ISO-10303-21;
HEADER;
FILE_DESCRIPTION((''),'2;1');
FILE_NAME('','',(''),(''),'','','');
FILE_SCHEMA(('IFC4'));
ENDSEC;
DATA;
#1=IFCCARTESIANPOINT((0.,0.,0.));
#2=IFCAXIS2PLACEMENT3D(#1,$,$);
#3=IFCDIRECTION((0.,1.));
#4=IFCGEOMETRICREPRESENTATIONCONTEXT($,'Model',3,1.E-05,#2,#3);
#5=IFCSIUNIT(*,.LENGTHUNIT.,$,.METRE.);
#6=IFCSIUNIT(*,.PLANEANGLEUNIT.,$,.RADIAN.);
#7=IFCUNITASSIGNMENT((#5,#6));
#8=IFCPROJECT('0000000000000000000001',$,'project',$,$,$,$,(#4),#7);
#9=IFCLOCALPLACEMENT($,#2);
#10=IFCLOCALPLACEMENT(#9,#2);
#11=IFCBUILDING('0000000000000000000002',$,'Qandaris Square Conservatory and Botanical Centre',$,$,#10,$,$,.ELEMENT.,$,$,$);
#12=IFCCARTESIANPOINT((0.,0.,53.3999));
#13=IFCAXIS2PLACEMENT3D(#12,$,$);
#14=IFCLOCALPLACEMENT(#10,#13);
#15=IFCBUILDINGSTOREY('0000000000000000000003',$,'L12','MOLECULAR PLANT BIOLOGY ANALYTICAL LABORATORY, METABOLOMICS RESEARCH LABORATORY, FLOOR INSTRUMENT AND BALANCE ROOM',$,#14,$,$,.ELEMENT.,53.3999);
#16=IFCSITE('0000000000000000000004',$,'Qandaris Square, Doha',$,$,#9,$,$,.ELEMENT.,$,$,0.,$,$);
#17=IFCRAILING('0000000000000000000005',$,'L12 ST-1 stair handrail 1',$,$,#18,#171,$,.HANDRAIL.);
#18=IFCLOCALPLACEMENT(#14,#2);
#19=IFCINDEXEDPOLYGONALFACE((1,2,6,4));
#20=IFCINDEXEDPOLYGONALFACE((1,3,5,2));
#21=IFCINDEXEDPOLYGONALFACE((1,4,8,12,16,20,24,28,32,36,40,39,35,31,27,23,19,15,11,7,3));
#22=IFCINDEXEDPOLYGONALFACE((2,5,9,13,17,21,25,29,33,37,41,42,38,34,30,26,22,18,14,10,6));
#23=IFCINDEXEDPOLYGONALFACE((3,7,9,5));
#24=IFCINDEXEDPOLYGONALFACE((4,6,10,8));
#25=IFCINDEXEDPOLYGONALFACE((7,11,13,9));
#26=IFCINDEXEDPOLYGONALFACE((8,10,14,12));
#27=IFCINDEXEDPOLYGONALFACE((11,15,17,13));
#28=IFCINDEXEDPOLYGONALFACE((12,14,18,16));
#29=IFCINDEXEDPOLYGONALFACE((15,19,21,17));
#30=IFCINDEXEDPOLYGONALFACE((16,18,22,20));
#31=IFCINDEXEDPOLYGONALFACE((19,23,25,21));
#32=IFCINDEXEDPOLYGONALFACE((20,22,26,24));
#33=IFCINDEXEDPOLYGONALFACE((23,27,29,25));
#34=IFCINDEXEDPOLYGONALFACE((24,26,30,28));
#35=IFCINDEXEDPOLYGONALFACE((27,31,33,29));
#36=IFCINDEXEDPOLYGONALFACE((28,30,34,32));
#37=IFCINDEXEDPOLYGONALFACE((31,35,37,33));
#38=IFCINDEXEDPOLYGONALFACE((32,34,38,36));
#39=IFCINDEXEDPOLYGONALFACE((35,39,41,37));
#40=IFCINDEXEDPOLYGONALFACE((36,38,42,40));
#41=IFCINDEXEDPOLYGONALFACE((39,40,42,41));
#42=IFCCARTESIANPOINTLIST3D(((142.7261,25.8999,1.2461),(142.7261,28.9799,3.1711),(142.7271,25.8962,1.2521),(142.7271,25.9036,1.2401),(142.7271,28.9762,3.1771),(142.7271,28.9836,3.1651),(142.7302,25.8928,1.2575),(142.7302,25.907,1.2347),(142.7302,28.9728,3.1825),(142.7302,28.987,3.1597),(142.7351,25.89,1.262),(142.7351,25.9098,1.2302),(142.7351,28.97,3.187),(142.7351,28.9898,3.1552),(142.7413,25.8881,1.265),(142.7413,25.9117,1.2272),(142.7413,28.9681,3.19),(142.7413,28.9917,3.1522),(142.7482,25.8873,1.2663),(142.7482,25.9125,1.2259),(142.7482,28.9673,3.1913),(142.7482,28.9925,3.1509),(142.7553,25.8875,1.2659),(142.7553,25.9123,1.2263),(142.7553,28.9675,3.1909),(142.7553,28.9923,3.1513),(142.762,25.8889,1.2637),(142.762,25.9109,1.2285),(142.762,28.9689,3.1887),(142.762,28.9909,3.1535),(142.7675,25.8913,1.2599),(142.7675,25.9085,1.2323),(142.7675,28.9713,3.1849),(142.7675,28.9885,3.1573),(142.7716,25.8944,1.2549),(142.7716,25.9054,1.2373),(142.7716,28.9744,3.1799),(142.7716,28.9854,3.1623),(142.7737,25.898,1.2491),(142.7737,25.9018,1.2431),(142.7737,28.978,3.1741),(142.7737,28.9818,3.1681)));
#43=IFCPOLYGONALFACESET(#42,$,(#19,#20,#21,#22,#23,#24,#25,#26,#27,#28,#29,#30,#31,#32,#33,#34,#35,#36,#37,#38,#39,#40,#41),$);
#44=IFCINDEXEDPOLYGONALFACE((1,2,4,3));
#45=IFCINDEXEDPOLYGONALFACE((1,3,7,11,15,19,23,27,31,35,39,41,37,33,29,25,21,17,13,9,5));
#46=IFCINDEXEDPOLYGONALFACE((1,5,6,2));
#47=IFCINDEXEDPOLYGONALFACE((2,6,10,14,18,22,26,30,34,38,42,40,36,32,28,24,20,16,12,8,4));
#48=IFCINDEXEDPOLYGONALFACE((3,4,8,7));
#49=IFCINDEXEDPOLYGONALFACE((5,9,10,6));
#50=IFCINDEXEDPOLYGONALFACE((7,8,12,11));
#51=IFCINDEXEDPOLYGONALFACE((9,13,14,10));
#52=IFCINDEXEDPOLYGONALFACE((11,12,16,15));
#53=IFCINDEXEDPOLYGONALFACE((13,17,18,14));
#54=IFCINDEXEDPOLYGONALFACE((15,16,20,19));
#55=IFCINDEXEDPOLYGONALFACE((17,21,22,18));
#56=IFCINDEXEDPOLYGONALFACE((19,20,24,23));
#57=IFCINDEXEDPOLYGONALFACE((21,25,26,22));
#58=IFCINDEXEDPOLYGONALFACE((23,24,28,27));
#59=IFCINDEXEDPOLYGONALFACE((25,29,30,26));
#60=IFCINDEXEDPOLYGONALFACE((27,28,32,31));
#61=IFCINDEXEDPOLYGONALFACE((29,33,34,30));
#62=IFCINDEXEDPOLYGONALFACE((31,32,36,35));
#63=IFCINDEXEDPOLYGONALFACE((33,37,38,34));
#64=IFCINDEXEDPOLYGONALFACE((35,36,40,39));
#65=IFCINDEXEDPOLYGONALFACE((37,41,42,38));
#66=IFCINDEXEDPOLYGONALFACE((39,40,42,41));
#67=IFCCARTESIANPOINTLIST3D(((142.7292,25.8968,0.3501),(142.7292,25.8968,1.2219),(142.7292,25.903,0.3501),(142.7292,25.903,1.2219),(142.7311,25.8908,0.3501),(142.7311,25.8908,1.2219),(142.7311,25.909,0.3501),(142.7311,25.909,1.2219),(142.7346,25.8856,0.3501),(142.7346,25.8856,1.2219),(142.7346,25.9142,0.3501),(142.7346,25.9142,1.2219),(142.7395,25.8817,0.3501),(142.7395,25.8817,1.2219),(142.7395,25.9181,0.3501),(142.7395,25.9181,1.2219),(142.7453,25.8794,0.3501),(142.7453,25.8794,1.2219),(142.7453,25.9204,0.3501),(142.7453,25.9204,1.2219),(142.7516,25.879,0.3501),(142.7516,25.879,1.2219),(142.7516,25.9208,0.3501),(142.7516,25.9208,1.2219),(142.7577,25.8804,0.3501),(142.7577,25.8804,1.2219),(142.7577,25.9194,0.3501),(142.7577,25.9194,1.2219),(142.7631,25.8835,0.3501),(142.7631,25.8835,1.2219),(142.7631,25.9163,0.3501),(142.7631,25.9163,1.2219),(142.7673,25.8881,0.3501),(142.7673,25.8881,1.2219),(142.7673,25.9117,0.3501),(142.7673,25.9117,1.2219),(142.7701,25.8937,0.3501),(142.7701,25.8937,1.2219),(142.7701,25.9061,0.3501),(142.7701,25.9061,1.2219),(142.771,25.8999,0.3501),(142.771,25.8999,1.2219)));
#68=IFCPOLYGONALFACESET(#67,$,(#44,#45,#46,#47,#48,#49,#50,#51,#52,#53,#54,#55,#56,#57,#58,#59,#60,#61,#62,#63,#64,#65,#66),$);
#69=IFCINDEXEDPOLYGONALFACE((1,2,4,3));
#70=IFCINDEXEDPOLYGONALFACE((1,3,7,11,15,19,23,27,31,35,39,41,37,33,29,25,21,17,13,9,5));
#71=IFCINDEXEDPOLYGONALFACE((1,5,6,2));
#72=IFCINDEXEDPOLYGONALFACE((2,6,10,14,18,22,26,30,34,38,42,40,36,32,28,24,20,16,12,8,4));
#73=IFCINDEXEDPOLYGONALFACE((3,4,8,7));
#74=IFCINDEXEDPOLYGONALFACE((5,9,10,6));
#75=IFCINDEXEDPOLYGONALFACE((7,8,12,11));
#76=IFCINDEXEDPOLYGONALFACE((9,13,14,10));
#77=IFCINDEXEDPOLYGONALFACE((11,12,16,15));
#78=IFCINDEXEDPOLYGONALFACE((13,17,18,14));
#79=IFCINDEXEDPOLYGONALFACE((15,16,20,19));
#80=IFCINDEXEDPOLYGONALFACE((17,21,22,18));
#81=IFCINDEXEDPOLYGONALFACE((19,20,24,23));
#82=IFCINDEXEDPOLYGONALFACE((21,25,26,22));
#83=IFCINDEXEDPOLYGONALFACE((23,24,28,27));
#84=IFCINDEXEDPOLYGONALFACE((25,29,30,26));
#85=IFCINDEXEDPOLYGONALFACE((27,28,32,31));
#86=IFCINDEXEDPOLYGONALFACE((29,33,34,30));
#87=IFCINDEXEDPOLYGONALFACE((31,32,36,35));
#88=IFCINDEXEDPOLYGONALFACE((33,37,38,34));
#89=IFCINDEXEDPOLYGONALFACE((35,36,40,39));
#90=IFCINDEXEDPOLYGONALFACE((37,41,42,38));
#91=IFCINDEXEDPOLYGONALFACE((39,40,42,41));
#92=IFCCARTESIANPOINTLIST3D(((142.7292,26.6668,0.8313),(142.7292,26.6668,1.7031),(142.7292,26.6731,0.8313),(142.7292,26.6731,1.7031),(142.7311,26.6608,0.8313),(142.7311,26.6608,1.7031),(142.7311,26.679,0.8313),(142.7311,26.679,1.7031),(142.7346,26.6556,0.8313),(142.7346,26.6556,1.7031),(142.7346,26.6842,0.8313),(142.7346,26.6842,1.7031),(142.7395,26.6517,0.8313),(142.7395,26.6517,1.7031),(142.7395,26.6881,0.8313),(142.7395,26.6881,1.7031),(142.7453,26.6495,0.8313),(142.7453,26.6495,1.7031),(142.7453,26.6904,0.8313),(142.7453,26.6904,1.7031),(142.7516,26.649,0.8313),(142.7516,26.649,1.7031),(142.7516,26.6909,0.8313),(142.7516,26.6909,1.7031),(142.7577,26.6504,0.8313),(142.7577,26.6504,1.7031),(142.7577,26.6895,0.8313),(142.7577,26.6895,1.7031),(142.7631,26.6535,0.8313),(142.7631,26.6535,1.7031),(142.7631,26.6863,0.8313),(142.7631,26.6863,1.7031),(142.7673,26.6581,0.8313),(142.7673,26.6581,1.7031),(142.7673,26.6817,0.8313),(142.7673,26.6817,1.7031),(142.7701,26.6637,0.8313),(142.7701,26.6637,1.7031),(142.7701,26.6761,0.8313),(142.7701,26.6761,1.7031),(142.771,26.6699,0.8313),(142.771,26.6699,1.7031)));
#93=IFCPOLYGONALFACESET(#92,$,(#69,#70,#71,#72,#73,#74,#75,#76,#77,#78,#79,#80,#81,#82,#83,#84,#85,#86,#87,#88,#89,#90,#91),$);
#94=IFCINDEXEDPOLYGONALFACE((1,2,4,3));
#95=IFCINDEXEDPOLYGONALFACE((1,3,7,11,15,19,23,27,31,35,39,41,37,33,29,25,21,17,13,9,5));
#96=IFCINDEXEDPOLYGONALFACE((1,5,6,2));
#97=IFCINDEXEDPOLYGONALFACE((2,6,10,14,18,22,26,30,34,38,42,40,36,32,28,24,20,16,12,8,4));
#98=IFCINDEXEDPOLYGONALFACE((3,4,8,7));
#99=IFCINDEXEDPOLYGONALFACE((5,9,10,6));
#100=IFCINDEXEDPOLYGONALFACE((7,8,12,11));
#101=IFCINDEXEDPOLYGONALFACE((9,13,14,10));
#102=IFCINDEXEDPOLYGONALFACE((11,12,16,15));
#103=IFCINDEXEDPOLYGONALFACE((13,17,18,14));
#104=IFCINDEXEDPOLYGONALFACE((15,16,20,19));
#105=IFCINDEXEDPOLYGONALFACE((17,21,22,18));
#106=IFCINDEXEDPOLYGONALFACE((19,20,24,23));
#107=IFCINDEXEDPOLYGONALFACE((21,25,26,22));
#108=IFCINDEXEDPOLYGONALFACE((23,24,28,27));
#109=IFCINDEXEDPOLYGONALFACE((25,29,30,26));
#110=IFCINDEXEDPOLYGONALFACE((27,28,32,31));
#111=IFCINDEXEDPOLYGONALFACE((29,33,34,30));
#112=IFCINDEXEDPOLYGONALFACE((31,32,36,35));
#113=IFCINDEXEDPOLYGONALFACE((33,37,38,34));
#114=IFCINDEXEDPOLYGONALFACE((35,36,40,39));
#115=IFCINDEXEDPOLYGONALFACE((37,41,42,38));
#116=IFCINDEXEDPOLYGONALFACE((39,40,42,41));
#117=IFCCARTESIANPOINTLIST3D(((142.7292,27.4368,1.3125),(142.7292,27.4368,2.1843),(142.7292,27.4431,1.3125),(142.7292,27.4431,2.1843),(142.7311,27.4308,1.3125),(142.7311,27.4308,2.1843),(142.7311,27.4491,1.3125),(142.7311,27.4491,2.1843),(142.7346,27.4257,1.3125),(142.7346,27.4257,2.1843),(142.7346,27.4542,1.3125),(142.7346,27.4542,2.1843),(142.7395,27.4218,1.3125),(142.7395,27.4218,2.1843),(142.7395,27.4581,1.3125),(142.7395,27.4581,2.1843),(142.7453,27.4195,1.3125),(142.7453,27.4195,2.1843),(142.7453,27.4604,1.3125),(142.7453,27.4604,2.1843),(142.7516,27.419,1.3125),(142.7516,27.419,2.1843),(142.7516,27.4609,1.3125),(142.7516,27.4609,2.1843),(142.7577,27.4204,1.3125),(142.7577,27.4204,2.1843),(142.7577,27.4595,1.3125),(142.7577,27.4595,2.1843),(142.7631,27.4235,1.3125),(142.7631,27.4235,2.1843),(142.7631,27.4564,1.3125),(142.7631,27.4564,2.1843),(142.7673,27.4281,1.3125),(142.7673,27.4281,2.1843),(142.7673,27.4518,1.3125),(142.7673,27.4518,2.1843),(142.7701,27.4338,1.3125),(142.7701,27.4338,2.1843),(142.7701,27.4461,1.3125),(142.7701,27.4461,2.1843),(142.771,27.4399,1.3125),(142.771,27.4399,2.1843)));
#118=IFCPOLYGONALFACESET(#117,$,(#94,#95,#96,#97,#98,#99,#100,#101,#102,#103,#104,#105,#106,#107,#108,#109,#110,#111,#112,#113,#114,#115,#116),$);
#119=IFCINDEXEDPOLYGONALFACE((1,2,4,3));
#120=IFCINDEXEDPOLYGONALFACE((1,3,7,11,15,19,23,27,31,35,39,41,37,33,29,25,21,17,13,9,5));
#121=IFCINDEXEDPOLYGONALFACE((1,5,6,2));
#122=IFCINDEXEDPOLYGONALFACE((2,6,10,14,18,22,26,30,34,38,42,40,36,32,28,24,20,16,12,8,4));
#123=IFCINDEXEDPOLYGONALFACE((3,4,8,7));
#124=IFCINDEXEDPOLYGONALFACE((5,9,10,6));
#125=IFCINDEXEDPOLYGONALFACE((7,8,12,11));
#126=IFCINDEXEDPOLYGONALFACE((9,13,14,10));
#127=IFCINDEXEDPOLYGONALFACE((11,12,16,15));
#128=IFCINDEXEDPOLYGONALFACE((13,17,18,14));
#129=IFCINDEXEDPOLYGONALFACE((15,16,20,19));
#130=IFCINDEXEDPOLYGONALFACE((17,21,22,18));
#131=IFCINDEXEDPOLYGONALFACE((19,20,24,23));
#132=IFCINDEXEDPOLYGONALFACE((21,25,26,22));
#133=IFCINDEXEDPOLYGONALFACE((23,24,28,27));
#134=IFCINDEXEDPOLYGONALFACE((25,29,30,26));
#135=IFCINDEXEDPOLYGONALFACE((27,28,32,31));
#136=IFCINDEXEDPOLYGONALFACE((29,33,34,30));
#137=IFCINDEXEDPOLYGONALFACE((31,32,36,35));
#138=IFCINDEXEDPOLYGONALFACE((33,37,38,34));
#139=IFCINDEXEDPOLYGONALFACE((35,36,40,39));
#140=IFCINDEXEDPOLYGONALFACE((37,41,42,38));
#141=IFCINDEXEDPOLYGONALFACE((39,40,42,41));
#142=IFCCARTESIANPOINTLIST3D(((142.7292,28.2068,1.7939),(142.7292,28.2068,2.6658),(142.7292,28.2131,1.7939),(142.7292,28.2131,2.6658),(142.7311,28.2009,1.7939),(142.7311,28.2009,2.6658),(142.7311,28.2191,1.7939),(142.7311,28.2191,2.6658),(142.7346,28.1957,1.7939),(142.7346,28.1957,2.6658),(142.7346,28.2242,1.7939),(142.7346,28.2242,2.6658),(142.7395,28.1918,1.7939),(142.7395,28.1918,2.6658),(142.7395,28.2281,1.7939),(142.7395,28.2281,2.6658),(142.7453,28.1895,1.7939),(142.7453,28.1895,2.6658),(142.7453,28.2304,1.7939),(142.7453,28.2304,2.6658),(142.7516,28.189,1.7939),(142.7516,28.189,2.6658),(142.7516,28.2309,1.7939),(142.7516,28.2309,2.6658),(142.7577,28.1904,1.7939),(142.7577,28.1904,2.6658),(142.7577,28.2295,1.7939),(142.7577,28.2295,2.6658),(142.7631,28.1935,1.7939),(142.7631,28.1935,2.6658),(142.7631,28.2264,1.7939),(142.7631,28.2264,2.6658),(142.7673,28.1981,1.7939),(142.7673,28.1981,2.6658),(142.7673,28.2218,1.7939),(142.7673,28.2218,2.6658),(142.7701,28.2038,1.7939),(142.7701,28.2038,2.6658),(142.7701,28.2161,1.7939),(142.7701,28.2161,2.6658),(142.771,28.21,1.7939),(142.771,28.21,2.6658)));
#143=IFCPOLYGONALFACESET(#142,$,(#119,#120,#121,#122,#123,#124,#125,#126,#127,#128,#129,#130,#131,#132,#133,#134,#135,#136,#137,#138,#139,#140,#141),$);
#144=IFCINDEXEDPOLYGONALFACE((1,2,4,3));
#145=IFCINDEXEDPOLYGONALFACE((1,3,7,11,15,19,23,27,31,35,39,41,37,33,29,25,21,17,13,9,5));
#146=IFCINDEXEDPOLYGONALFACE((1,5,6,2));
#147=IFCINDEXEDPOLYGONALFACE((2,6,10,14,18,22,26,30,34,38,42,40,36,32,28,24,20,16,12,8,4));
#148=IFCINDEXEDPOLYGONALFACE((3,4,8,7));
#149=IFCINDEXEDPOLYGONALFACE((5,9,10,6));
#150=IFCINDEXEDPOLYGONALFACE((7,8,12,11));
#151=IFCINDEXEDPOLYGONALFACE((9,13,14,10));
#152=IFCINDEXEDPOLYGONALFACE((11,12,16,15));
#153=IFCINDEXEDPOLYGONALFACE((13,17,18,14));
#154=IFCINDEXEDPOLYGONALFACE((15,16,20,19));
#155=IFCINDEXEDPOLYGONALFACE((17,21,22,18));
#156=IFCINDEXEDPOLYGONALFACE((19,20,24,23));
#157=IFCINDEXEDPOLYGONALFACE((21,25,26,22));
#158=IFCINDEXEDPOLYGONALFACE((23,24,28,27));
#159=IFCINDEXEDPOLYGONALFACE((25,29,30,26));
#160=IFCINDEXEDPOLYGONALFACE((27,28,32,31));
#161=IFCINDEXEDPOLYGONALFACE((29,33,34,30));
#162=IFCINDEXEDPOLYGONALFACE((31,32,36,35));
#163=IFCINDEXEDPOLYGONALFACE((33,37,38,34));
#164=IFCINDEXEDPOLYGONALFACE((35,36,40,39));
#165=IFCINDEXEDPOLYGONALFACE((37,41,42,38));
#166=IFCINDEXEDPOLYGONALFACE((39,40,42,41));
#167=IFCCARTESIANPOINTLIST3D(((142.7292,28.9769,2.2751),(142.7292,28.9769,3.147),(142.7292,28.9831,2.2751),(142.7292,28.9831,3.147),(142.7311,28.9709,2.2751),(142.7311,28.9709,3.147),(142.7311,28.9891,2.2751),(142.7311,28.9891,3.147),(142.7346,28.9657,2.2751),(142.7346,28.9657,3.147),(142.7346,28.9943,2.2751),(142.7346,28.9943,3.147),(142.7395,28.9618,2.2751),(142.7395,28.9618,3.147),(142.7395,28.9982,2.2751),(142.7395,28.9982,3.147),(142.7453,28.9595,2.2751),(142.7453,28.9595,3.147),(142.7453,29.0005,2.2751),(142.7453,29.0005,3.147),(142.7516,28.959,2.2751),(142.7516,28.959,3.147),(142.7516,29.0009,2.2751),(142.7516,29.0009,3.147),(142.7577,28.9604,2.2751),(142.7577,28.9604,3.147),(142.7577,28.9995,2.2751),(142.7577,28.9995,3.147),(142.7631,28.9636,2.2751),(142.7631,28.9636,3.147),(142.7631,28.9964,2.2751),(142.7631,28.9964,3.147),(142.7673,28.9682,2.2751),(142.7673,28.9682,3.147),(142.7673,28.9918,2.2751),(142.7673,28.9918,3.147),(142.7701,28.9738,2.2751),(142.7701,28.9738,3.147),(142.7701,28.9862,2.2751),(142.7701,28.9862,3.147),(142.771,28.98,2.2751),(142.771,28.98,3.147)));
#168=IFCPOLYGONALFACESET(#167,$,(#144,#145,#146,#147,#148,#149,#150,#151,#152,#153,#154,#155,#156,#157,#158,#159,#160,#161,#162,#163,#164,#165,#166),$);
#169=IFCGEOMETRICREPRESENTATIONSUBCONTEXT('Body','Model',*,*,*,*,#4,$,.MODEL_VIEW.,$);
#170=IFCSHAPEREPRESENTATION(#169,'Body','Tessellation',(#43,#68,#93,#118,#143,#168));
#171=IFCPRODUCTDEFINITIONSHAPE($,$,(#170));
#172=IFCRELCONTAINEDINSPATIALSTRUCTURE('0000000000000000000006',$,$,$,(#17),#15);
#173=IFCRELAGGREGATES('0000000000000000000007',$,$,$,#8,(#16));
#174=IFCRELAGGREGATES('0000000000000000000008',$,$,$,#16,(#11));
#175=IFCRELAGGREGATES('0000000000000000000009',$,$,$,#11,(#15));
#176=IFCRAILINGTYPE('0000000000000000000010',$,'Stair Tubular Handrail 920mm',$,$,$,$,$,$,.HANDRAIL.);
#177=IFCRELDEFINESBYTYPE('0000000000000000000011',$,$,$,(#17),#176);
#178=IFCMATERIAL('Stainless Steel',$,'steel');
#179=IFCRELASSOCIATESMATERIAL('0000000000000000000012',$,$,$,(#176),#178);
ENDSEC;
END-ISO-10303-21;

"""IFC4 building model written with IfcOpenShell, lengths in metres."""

from ifc_helpers import new_model, si_unit, direction, frame, origin, origin_2d, place, context, subcontext, project, spatial, circle, extrude, material, type_object, element, save


model = new_model("IFC4")

# Units and contexts
model_context = context("Model", 3, precision=1e-05, world=origin(), true_north=direction((0.0, 1.0)))
body_context = subcontext(model_context, "Body", "Model", "MODEL_VIEW")
ifc_project = project(units=[si_unit("LENGTHUNIT", "METRE"), si_unit("PLANEANGLEUNIT", "RADIAN")], contexts=[model_context])

# Site, building, storey
site_placement = place(None, origin())
site = spatial("IfcSite", under=ifc_project, at=site_placement, Name="Qandaris Square, Doha", CompositionType="ELEMENT", RefElevation=0.0)
building_placement = place(site_placement, origin())
building = spatial("IfcBuilding", under=site, at=building_placement, Name="Qandaris Square Conservatory and Botanical Centre", CompositionType="ELEMENT")
storey_placement = place(building_placement, frame((0.0, 0.0, 53.3999)))
storey = spatial("IfcBuildingStorey", under=building, at=storey_placement, Name="L12", Description="MOLECULAR PLANT BIOLOGY ANALYTICAL LABORATORY, METABOLOMICS RESEARCH LABORATORY, FLOOR INSTRUMENT AND BALANCE ROOM", CompositionType="ELEMENT", Elevation=53.3999)

# Railing
ifc_material_1 = material(Name="Stainless Steel", Category="steel")
railing_type_1 = type_object("IfcRailingType", Name="Stair Tubular Handrail 920mm", PredefinedType="HANDRAIL", material=ifc_material_1)
railing_1_placement = place(storey_placement, frame((142.75, 25.8999, 0.3501)))
element("IfcRailing", 1, at=railing_1_placement, inside=storey, type_object=railing_type_1, Name="L12 ST-1 stair handrail 1", PredefinedType="HANDRAIL", context=body_context, shape_type="SweptSolid", body=[
    extrude(circle(Radius=0.0239, at=origin_2d()), frame((0.0, 0.0, 0.896), z_axis=(0.0, 0.847998, 0.529999), x_axis=(-1.0, 0.0, 0.0)), (0.0, 0.0, 1.0), 3.6321),
    extrude(circle(Radius=0.021, at=origin_2d()), origin(), (0.0, 0.0, 1.0), 0.8718),
    extrude(circle(Radius=0.021, at=origin_2d()), frame((0.0, 0.77, 0.4812)), (0.0, 0.0, 1.0), 0.8718),
    extrude(circle(Radius=0.021, at=origin_2d()), frame((0.0, 1.54, 0.9624)), (0.0, 0.0, 1.0), 0.8718),
    extrude(circle(Radius=0.021, at=origin_2d()), frame((0.0, 2.3101, 1.4438)), (0.0, 0.0, 1.0), 0.8718),
    extrude(circle(Radius=0.021, at=origin_2d()), frame((0.0, 3.0801, 1.925)), (0.0, 0.0, 1.0), 0.8718),
])

save(model, "model.ifc")
